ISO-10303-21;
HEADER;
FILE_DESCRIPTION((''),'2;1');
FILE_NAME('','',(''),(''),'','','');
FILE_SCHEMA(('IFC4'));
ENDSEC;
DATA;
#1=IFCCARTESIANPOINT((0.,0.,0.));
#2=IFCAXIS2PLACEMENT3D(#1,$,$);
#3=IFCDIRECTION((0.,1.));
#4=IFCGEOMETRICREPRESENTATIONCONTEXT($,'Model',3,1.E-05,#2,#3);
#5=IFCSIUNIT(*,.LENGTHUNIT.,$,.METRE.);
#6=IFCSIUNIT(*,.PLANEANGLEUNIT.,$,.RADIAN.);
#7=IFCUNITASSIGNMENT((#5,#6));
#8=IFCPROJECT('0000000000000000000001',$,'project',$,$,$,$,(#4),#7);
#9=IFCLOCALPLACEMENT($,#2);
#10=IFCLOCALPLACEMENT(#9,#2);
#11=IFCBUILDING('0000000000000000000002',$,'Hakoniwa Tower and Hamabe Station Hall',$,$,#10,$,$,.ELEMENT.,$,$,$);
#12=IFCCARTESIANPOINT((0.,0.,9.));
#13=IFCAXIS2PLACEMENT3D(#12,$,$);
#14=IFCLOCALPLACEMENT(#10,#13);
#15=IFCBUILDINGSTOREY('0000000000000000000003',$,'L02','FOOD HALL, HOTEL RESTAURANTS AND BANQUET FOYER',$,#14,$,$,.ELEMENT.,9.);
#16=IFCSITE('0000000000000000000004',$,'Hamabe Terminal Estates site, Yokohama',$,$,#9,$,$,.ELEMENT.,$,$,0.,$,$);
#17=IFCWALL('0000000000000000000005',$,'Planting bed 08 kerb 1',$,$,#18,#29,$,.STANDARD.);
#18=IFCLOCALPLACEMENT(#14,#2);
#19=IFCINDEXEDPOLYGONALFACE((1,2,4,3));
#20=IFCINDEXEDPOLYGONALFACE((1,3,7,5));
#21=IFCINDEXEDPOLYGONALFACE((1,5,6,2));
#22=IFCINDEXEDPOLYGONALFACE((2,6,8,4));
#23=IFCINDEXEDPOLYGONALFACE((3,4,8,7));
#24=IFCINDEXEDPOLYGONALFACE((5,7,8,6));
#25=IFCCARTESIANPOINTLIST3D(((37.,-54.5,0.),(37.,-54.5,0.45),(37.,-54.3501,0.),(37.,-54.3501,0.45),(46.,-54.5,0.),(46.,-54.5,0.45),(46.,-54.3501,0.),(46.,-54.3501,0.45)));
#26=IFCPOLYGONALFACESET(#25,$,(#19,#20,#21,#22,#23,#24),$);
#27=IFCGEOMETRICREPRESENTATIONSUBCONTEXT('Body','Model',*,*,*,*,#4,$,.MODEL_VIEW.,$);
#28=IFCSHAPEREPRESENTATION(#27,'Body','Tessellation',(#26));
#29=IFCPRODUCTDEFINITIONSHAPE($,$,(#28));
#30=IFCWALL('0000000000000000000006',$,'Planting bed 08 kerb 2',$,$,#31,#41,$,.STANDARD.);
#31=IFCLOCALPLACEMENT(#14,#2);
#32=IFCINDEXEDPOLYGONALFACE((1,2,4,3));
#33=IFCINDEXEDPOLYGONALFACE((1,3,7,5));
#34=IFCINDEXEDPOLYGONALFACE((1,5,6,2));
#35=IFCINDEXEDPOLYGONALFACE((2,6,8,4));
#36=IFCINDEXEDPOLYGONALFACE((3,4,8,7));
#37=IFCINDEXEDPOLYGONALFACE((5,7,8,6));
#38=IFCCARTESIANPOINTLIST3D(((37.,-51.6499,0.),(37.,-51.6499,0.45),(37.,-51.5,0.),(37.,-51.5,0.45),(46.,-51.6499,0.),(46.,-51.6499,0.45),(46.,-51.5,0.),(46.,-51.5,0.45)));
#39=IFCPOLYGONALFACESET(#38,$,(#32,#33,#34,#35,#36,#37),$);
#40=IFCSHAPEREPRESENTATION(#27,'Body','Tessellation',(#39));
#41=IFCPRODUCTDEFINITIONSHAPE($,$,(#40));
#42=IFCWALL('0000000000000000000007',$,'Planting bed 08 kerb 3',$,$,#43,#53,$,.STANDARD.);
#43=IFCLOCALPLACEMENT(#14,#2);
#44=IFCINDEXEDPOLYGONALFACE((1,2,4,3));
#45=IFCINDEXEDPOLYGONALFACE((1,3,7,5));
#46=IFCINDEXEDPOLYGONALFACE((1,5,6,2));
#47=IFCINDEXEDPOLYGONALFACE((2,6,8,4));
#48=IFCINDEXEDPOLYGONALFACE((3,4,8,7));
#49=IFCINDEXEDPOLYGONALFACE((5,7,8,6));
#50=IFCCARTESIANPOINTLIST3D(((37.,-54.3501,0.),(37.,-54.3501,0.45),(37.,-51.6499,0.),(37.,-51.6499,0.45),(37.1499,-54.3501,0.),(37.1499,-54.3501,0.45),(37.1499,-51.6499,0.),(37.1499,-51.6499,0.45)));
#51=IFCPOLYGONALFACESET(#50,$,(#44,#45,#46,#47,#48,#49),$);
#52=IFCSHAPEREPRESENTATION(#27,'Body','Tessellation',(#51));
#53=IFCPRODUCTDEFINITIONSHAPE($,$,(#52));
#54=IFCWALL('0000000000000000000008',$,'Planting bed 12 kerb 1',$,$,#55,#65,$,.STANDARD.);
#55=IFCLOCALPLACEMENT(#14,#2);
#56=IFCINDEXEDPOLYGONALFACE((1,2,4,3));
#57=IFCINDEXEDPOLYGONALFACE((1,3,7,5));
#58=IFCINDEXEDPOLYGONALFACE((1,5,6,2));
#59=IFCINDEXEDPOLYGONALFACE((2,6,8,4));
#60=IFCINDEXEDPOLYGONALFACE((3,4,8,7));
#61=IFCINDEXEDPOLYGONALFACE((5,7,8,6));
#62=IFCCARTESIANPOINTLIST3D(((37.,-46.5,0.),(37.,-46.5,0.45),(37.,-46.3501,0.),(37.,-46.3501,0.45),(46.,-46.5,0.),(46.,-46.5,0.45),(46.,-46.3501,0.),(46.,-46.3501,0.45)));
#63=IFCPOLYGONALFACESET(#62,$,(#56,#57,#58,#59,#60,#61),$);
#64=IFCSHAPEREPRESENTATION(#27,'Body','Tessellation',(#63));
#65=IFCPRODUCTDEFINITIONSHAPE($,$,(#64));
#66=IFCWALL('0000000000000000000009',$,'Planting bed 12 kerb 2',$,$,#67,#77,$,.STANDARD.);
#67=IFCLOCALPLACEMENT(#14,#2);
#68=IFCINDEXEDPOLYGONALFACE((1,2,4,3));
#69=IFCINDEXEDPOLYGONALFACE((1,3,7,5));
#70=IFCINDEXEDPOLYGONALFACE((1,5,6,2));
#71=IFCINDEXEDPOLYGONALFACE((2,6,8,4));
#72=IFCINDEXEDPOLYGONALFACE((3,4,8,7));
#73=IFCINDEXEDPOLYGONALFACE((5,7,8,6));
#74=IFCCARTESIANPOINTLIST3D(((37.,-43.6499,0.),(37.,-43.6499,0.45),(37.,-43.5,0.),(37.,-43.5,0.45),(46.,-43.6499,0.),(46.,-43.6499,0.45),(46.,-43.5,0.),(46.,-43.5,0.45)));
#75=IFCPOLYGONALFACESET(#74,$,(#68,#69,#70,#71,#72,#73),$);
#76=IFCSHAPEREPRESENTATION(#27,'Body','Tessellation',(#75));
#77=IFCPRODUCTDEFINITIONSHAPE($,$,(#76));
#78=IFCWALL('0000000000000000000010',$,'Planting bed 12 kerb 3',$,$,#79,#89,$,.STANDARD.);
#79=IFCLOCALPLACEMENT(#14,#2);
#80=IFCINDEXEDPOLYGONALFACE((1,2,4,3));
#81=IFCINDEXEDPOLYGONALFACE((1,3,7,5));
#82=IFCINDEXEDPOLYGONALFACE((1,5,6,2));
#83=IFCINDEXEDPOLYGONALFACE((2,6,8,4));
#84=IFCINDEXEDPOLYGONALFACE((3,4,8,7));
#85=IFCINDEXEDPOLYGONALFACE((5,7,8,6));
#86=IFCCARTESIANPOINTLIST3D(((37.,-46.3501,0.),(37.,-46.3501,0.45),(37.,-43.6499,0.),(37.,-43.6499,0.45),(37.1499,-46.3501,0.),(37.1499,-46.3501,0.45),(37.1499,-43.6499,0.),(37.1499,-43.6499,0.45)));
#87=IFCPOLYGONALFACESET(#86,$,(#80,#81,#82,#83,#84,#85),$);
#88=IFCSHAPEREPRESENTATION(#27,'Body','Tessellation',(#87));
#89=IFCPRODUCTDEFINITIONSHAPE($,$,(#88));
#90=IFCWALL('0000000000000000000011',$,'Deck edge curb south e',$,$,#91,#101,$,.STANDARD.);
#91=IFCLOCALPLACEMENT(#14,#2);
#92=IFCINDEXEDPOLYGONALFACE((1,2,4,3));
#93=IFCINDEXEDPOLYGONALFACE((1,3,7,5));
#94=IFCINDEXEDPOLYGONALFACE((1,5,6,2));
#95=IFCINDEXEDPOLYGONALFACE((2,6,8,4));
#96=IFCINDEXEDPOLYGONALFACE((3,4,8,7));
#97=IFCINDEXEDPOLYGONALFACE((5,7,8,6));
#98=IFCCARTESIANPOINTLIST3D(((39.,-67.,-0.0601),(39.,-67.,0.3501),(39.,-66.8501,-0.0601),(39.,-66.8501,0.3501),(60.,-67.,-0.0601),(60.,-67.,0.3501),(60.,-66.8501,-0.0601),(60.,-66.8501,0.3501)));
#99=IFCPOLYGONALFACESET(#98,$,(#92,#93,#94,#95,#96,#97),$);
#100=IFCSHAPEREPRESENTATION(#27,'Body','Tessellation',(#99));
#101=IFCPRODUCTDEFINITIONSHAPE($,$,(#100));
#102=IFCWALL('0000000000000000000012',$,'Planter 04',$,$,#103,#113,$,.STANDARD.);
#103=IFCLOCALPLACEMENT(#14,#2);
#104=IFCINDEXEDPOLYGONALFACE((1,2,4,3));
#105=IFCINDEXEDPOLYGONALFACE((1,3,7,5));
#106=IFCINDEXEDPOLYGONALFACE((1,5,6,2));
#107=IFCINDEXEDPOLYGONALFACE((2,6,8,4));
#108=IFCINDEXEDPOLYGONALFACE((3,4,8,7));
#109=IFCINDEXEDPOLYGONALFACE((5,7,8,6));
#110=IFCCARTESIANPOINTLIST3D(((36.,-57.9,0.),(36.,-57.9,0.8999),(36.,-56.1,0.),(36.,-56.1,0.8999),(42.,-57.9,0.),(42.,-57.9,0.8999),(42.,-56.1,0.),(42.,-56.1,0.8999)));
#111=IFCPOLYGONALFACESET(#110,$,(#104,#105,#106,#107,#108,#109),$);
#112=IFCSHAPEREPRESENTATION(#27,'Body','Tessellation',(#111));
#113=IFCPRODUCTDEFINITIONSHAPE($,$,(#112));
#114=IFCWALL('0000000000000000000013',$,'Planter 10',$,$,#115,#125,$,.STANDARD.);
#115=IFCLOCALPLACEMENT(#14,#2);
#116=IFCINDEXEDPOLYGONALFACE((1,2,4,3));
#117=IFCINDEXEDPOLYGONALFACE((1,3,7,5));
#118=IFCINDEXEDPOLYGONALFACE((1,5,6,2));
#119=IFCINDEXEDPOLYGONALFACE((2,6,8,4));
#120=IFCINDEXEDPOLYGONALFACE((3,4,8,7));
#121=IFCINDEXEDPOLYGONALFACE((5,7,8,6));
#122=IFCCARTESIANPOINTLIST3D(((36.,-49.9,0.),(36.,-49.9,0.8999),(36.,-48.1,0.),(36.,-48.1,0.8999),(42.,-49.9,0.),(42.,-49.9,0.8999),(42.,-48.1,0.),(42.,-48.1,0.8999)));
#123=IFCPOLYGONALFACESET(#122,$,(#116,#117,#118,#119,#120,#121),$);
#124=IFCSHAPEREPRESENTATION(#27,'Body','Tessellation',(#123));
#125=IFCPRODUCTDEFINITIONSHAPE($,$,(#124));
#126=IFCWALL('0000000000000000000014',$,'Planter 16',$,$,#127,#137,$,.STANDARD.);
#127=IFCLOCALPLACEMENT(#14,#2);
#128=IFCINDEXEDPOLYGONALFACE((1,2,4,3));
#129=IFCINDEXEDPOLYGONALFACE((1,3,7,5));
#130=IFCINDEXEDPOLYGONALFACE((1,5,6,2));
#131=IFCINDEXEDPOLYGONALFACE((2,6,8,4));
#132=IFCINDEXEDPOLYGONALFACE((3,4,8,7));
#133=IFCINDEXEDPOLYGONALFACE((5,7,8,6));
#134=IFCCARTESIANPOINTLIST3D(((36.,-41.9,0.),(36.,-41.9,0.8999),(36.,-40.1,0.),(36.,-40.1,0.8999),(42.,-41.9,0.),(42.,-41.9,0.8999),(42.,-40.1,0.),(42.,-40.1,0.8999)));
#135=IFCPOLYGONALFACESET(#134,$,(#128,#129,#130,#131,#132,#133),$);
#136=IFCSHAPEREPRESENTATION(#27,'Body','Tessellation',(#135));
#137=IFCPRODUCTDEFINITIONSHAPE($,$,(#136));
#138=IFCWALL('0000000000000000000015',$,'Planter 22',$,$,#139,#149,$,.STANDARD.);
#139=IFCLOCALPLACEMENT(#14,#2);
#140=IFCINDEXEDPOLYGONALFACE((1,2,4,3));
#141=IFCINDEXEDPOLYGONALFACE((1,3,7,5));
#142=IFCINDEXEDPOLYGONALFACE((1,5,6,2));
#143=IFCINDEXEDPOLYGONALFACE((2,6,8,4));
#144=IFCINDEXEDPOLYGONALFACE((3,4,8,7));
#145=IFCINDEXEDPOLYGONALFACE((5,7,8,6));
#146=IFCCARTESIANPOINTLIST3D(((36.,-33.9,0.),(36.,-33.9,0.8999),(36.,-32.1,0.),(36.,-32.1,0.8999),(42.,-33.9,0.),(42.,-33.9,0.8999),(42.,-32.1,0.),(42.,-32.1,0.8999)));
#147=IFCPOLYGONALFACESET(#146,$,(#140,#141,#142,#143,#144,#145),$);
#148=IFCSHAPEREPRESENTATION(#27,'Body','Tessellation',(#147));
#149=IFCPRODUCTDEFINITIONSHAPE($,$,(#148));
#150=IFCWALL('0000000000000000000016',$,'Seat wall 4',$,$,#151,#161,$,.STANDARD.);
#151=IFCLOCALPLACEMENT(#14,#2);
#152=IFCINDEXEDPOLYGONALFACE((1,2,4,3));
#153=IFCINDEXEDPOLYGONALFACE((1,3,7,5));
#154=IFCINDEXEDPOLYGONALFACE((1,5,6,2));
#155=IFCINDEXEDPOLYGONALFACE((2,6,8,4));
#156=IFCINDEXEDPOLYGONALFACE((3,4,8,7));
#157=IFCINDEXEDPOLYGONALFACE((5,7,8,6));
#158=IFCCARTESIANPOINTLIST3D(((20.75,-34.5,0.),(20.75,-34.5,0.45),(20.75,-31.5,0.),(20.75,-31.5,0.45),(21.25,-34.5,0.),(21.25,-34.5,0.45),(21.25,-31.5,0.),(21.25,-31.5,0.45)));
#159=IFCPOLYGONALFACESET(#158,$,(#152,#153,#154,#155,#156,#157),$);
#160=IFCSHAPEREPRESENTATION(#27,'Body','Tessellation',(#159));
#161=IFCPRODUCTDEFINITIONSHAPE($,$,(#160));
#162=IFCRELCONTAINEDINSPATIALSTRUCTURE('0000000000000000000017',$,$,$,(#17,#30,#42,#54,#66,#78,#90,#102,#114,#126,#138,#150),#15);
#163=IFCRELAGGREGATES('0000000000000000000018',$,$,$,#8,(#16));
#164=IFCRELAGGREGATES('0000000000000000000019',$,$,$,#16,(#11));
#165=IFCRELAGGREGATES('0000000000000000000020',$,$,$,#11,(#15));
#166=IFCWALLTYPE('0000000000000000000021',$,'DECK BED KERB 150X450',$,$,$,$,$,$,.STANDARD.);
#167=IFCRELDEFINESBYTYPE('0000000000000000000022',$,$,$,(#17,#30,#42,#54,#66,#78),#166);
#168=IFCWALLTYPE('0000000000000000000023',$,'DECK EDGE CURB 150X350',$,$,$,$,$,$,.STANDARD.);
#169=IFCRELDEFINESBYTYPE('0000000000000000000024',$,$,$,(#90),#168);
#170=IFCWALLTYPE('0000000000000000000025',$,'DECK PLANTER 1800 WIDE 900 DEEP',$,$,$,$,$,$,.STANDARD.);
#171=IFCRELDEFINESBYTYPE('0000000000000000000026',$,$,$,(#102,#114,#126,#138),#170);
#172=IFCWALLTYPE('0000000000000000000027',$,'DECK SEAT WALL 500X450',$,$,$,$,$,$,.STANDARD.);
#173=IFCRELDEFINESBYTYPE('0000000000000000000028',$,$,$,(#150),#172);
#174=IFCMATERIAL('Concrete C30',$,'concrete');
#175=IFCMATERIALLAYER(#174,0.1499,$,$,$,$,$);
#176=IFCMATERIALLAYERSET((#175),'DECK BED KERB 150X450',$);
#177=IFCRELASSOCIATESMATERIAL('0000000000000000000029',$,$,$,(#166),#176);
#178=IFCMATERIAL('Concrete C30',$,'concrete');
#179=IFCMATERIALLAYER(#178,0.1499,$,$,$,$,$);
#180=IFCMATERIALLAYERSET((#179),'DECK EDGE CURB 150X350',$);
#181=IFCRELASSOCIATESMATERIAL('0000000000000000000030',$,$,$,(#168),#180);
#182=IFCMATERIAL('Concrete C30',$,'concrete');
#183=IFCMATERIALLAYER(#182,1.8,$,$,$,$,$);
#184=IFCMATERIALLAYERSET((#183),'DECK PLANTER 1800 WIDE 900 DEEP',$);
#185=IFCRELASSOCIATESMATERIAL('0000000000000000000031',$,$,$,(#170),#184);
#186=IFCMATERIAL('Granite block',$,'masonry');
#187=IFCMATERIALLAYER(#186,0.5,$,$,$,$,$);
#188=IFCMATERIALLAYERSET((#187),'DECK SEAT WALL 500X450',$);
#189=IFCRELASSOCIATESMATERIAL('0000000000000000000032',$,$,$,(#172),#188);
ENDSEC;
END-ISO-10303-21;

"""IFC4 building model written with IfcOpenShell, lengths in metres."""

from ifc_helpers import new_model, si_unit, direction, frame, frame_2d, origin, place, context, subcontext, project, spatial, rectangle, extrude, material, layer, layer_set, type_object, element, save


model = new_model("IFC4")

# Units and contexts
model_context = context("Model", 3, precision=1e-05, world=origin(), true_north=direction((0.0, 1.0)))
body_context = subcontext(model_context, "Body", "Model", "MODEL_VIEW")
ifc_project = project(units=[si_unit("LENGTHUNIT", "METRE"), si_unit("PLANEANGLEUNIT", "RADIAN")], contexts=[model_context])

# Site, building, storey
site_placement = place(None, origin())
site = spatial("IfcSite", under=ifc_project, at=site_placement, Name="Hamabe Terminal Estates site, Yokohama", CompositionType="ELEMENT", RefElevation=0.0)
building_placement = place(site_placement, origin())
building = spatial("IfcBuilding", under=site, at=building_placement, Name="Hakoniwa Tower and Hamabe Station Hall", CompositionType="ELEMENT")
storey_placement = place(building_placement, frame((0.0, 0.0, 9.0)))
storey = spatial("IfcBuildingStorey", under=building, at=storey_placement, Name="L02", Description="FOOD HALL, HOTEL RESTAURANTS AND BANQUET FOYER", CompositionType="ELEMENT", Elevation=9.0)

# Walls
ifc_material_1 = material(Name="Concrete C30", Category="concrete")
ifc_layer_1 = layer(ifc_material_1, 0.1499)
ifc_layer_set_1 = layer_set([ifc_layer_1], Name="DECK BED KERB 150X450")
wall_type_1 = type_object("IfcWallType", Name="DECK BED KERB 150X450", PredefinedType="STANDARD", material=ifc_layer_set_1)
for number, where, z_axis, x_axis, name in (
    (1, (37.0, -54.425, 0.0), (0.0, 0.0, 1.0), (1.0, 0.0, 0.0), "Planting bed 08 kerb 1"),
    (2, (37.0, -51.575, 0.0), (0.0, 0.0, 1.0), (1.0, 0.0, 0.0), "Planting bed 08 kerb 2"),
):
    element("IfcWall", number, at=place(storey_placement, frame(where, z_axis=z_axis, x_axis=x_axis)), inside=storey, type_object=wall_type_1, Name=name, PredefinedType="STANDARD", context=body_context, shape_type="SweptSolid", body=[
        extrude(rectangle(XDim=9.0, YDim=0.1499, at=frame_2d((4.5, 0.0))), origin(), (0.0, 0.0, 1.0), 0.45),
    ])
wall_1_placement = place(storey_placement, frame((37.075, -54.3501, 0.0), z_axis=(0.0, 0.0, 1.0), x_axis=(0.0, 1.0, 0.0)))
element("IfcWall", 3, at=wall_1_placement, inside=storey, type_object=wall_type_1, Name="Planting bed 08 kerb 3", PredefinedType="STANDARD", context=body_context, shape_type="SweptSolid", body=[
    extrude(rectangle(XDim=2.7002, YDim=0.1499, at=frame_2d((1.3501, 0.0))), origin(), (0.0, 0.0, 1.0), 0.45),
])
for number, where, z_axis, x_axis, name in (
    (4, (37.0, -46.425, 0.0), (0.0, 0.0, 1.0), (1.0, 0.0, 0.0), "Planting bed 12 kerb 1"),
    (5, (37.0, -43.575, 0.0), (0.0, 0.0, 1.0), (1.0, 0.0, 0.0), "Planting bed 12 kerb 2"),
):
    element("IfcWall", number, at=place(storey_placement, frame(where, z_axis=z_axis, x_axis=x_axis)), inside=storey, type_object=wall_type_1, Name=name, PredefinedType="STANDARD", context=body_context, shape_type="SweptSolid", body=[
        extrude(rectangle(XDim=9.0, YDim=0.1499, at=frame_2d((4.5, 0.0))), origin(), (0.0, 0.0, 1.0), 0.45),
    ])
wall_2_placement = place(storey_placement, frame((37.075, -46.3501, 0.0), z_axis=(0.0, 0.0, 1.0), x_axis=(0.0, 1.0, 0.0)))
element("IfcWall", 6, at=wall_2_placement, inside=storey, type_object=wall_type_1, Name="Planting bed 12 kerb 3", PredefinedType="STANDARD", context=body_context, shape_type="SweptSolid", body=[
    extrude(rectangle(XDim=2.7002, YDim=0.1499, at=frame_2d((1.3501, 0.0))), origin(), (0.0, 0.0, 1.0), 0.45),
])
ifc_material_2 = material(Name="Concrete C30", Category="concrete")
ifc_layer_2 = layer(ifc_material_2, 0.1499)
ifc_layer_set_2 = layer_set([ifc_layer_2], Name="DECK EDGE CURB 150X350")
wall_type_2 = type_object("IfcWallType", Name="DECK EDGE CURB 150X350", PredefinedType="STANDARD", material=ifc_layer_set_2)
wall_3_placement = place(storey_placement, frame((39.0, -66.925, -0.0601), z_axis=(0.0, 0.0, 1.0), x_axis=(1.0, 0.0, 0.0)))
element("IfcWall", 7, at=wall_3_placement, inside=storey, type_object=wall_type_2, Name="Deck edge curb south e", PredefinedType="STANDARD", context=body_context, shape_type="SweptSolid", body=[
    extrude(rectangle(XDim=21.0, YDim=0.1499, at=frame_2d((10.5, 0.0))), origin(), (0.0, 0.0, 1.0), 0.4102),
])
ifc_material_3 = material(Name="Concrete C30", Category="concrete")
ifc_layer_3 = layer(ifc_material_3, 1.8)
ifc_layer_set_3 = layer_set([ifc_layer_3], Name="DECK PLANTER 1800 WIDE 900 DEEP")
wall_type_3 = type_object("IfcWallType", Name="DECK PLANTER 1800 WIDE 900 DEEP", PredefinedType="STANDARD", material=ifc_layer_set_3)
for number, where, z_axis, x_axis, name in (
    (8, (36.0, -57.0, 0.0), (0.0, 0.0, 1.0), (1.0, 0.0, 0.0), "Planter 04"),
    (9, (36.0, -49.0, 0.0), (0.0, 0.0, 1.0), (1.0, 0.0, 0.0), "Planter 10"),
    (10, (36.0, -41.0, 0.0), (0.0, 0.0, 1.0), (1.0, 0.0, 0.0), "Planter 16"),
    (11, (36.0, -33.0, 0.0), (0.0, 0.0, 1.0), (1.0, 0.0, 0.0), "Planter 22"),
):
    element("IfcWall", number, at=place(storey_placement, frame(where, z_axis=z_axis, x_axis=x_axis)), inside=storey, type_object=wall_type_3, Name=name, PredefinedType="STANDARD", context=body_context, shape_type="SweptSolid", body=[
        extrude(rectangle(XDim=6.0, YDim=1.8, at=frame_2d((3.0, 0.0))), origin(), (0.0, 0.0, 1.0), 0.8999),
    ])
ifc_material_4 = material(Name="Granite block", Category="masonry")
ifc_layer_4 = layer(ifc_material_4, 0.5)
ifc_layer_set_4 = layer_set([ifc_layer_4], Name="DECK SEAT WALL 500X450")
wall_type_4 = type_object("IfcWallType", Name="DECK SEAT WALL 500X450", PredefinedType="STANDARD", material=ifc_layer_set_4)
wall_4_placement = place(storey_placement, frame((21.0, -34.5, 0.0), z_axis=(0.0, 0.0, 1.0), x_axis=(0.0, 1.0, 0.0)))
element("IfcWall", 12, at=wall_4_placement, inside=storey, type_object=wall_type_4, Name="Seat wall 4", PredefinedType="STANDARD", context=body_context, shape_type="SweptSolid", body=[
    extrude(rectangle(XDim=3.0, YDim=0.5, at=frame_2d((1.5, 0.0))), origin(), (0.0, 0.0, 1.0), 0.45),
])

save(model, "model.ifc")
